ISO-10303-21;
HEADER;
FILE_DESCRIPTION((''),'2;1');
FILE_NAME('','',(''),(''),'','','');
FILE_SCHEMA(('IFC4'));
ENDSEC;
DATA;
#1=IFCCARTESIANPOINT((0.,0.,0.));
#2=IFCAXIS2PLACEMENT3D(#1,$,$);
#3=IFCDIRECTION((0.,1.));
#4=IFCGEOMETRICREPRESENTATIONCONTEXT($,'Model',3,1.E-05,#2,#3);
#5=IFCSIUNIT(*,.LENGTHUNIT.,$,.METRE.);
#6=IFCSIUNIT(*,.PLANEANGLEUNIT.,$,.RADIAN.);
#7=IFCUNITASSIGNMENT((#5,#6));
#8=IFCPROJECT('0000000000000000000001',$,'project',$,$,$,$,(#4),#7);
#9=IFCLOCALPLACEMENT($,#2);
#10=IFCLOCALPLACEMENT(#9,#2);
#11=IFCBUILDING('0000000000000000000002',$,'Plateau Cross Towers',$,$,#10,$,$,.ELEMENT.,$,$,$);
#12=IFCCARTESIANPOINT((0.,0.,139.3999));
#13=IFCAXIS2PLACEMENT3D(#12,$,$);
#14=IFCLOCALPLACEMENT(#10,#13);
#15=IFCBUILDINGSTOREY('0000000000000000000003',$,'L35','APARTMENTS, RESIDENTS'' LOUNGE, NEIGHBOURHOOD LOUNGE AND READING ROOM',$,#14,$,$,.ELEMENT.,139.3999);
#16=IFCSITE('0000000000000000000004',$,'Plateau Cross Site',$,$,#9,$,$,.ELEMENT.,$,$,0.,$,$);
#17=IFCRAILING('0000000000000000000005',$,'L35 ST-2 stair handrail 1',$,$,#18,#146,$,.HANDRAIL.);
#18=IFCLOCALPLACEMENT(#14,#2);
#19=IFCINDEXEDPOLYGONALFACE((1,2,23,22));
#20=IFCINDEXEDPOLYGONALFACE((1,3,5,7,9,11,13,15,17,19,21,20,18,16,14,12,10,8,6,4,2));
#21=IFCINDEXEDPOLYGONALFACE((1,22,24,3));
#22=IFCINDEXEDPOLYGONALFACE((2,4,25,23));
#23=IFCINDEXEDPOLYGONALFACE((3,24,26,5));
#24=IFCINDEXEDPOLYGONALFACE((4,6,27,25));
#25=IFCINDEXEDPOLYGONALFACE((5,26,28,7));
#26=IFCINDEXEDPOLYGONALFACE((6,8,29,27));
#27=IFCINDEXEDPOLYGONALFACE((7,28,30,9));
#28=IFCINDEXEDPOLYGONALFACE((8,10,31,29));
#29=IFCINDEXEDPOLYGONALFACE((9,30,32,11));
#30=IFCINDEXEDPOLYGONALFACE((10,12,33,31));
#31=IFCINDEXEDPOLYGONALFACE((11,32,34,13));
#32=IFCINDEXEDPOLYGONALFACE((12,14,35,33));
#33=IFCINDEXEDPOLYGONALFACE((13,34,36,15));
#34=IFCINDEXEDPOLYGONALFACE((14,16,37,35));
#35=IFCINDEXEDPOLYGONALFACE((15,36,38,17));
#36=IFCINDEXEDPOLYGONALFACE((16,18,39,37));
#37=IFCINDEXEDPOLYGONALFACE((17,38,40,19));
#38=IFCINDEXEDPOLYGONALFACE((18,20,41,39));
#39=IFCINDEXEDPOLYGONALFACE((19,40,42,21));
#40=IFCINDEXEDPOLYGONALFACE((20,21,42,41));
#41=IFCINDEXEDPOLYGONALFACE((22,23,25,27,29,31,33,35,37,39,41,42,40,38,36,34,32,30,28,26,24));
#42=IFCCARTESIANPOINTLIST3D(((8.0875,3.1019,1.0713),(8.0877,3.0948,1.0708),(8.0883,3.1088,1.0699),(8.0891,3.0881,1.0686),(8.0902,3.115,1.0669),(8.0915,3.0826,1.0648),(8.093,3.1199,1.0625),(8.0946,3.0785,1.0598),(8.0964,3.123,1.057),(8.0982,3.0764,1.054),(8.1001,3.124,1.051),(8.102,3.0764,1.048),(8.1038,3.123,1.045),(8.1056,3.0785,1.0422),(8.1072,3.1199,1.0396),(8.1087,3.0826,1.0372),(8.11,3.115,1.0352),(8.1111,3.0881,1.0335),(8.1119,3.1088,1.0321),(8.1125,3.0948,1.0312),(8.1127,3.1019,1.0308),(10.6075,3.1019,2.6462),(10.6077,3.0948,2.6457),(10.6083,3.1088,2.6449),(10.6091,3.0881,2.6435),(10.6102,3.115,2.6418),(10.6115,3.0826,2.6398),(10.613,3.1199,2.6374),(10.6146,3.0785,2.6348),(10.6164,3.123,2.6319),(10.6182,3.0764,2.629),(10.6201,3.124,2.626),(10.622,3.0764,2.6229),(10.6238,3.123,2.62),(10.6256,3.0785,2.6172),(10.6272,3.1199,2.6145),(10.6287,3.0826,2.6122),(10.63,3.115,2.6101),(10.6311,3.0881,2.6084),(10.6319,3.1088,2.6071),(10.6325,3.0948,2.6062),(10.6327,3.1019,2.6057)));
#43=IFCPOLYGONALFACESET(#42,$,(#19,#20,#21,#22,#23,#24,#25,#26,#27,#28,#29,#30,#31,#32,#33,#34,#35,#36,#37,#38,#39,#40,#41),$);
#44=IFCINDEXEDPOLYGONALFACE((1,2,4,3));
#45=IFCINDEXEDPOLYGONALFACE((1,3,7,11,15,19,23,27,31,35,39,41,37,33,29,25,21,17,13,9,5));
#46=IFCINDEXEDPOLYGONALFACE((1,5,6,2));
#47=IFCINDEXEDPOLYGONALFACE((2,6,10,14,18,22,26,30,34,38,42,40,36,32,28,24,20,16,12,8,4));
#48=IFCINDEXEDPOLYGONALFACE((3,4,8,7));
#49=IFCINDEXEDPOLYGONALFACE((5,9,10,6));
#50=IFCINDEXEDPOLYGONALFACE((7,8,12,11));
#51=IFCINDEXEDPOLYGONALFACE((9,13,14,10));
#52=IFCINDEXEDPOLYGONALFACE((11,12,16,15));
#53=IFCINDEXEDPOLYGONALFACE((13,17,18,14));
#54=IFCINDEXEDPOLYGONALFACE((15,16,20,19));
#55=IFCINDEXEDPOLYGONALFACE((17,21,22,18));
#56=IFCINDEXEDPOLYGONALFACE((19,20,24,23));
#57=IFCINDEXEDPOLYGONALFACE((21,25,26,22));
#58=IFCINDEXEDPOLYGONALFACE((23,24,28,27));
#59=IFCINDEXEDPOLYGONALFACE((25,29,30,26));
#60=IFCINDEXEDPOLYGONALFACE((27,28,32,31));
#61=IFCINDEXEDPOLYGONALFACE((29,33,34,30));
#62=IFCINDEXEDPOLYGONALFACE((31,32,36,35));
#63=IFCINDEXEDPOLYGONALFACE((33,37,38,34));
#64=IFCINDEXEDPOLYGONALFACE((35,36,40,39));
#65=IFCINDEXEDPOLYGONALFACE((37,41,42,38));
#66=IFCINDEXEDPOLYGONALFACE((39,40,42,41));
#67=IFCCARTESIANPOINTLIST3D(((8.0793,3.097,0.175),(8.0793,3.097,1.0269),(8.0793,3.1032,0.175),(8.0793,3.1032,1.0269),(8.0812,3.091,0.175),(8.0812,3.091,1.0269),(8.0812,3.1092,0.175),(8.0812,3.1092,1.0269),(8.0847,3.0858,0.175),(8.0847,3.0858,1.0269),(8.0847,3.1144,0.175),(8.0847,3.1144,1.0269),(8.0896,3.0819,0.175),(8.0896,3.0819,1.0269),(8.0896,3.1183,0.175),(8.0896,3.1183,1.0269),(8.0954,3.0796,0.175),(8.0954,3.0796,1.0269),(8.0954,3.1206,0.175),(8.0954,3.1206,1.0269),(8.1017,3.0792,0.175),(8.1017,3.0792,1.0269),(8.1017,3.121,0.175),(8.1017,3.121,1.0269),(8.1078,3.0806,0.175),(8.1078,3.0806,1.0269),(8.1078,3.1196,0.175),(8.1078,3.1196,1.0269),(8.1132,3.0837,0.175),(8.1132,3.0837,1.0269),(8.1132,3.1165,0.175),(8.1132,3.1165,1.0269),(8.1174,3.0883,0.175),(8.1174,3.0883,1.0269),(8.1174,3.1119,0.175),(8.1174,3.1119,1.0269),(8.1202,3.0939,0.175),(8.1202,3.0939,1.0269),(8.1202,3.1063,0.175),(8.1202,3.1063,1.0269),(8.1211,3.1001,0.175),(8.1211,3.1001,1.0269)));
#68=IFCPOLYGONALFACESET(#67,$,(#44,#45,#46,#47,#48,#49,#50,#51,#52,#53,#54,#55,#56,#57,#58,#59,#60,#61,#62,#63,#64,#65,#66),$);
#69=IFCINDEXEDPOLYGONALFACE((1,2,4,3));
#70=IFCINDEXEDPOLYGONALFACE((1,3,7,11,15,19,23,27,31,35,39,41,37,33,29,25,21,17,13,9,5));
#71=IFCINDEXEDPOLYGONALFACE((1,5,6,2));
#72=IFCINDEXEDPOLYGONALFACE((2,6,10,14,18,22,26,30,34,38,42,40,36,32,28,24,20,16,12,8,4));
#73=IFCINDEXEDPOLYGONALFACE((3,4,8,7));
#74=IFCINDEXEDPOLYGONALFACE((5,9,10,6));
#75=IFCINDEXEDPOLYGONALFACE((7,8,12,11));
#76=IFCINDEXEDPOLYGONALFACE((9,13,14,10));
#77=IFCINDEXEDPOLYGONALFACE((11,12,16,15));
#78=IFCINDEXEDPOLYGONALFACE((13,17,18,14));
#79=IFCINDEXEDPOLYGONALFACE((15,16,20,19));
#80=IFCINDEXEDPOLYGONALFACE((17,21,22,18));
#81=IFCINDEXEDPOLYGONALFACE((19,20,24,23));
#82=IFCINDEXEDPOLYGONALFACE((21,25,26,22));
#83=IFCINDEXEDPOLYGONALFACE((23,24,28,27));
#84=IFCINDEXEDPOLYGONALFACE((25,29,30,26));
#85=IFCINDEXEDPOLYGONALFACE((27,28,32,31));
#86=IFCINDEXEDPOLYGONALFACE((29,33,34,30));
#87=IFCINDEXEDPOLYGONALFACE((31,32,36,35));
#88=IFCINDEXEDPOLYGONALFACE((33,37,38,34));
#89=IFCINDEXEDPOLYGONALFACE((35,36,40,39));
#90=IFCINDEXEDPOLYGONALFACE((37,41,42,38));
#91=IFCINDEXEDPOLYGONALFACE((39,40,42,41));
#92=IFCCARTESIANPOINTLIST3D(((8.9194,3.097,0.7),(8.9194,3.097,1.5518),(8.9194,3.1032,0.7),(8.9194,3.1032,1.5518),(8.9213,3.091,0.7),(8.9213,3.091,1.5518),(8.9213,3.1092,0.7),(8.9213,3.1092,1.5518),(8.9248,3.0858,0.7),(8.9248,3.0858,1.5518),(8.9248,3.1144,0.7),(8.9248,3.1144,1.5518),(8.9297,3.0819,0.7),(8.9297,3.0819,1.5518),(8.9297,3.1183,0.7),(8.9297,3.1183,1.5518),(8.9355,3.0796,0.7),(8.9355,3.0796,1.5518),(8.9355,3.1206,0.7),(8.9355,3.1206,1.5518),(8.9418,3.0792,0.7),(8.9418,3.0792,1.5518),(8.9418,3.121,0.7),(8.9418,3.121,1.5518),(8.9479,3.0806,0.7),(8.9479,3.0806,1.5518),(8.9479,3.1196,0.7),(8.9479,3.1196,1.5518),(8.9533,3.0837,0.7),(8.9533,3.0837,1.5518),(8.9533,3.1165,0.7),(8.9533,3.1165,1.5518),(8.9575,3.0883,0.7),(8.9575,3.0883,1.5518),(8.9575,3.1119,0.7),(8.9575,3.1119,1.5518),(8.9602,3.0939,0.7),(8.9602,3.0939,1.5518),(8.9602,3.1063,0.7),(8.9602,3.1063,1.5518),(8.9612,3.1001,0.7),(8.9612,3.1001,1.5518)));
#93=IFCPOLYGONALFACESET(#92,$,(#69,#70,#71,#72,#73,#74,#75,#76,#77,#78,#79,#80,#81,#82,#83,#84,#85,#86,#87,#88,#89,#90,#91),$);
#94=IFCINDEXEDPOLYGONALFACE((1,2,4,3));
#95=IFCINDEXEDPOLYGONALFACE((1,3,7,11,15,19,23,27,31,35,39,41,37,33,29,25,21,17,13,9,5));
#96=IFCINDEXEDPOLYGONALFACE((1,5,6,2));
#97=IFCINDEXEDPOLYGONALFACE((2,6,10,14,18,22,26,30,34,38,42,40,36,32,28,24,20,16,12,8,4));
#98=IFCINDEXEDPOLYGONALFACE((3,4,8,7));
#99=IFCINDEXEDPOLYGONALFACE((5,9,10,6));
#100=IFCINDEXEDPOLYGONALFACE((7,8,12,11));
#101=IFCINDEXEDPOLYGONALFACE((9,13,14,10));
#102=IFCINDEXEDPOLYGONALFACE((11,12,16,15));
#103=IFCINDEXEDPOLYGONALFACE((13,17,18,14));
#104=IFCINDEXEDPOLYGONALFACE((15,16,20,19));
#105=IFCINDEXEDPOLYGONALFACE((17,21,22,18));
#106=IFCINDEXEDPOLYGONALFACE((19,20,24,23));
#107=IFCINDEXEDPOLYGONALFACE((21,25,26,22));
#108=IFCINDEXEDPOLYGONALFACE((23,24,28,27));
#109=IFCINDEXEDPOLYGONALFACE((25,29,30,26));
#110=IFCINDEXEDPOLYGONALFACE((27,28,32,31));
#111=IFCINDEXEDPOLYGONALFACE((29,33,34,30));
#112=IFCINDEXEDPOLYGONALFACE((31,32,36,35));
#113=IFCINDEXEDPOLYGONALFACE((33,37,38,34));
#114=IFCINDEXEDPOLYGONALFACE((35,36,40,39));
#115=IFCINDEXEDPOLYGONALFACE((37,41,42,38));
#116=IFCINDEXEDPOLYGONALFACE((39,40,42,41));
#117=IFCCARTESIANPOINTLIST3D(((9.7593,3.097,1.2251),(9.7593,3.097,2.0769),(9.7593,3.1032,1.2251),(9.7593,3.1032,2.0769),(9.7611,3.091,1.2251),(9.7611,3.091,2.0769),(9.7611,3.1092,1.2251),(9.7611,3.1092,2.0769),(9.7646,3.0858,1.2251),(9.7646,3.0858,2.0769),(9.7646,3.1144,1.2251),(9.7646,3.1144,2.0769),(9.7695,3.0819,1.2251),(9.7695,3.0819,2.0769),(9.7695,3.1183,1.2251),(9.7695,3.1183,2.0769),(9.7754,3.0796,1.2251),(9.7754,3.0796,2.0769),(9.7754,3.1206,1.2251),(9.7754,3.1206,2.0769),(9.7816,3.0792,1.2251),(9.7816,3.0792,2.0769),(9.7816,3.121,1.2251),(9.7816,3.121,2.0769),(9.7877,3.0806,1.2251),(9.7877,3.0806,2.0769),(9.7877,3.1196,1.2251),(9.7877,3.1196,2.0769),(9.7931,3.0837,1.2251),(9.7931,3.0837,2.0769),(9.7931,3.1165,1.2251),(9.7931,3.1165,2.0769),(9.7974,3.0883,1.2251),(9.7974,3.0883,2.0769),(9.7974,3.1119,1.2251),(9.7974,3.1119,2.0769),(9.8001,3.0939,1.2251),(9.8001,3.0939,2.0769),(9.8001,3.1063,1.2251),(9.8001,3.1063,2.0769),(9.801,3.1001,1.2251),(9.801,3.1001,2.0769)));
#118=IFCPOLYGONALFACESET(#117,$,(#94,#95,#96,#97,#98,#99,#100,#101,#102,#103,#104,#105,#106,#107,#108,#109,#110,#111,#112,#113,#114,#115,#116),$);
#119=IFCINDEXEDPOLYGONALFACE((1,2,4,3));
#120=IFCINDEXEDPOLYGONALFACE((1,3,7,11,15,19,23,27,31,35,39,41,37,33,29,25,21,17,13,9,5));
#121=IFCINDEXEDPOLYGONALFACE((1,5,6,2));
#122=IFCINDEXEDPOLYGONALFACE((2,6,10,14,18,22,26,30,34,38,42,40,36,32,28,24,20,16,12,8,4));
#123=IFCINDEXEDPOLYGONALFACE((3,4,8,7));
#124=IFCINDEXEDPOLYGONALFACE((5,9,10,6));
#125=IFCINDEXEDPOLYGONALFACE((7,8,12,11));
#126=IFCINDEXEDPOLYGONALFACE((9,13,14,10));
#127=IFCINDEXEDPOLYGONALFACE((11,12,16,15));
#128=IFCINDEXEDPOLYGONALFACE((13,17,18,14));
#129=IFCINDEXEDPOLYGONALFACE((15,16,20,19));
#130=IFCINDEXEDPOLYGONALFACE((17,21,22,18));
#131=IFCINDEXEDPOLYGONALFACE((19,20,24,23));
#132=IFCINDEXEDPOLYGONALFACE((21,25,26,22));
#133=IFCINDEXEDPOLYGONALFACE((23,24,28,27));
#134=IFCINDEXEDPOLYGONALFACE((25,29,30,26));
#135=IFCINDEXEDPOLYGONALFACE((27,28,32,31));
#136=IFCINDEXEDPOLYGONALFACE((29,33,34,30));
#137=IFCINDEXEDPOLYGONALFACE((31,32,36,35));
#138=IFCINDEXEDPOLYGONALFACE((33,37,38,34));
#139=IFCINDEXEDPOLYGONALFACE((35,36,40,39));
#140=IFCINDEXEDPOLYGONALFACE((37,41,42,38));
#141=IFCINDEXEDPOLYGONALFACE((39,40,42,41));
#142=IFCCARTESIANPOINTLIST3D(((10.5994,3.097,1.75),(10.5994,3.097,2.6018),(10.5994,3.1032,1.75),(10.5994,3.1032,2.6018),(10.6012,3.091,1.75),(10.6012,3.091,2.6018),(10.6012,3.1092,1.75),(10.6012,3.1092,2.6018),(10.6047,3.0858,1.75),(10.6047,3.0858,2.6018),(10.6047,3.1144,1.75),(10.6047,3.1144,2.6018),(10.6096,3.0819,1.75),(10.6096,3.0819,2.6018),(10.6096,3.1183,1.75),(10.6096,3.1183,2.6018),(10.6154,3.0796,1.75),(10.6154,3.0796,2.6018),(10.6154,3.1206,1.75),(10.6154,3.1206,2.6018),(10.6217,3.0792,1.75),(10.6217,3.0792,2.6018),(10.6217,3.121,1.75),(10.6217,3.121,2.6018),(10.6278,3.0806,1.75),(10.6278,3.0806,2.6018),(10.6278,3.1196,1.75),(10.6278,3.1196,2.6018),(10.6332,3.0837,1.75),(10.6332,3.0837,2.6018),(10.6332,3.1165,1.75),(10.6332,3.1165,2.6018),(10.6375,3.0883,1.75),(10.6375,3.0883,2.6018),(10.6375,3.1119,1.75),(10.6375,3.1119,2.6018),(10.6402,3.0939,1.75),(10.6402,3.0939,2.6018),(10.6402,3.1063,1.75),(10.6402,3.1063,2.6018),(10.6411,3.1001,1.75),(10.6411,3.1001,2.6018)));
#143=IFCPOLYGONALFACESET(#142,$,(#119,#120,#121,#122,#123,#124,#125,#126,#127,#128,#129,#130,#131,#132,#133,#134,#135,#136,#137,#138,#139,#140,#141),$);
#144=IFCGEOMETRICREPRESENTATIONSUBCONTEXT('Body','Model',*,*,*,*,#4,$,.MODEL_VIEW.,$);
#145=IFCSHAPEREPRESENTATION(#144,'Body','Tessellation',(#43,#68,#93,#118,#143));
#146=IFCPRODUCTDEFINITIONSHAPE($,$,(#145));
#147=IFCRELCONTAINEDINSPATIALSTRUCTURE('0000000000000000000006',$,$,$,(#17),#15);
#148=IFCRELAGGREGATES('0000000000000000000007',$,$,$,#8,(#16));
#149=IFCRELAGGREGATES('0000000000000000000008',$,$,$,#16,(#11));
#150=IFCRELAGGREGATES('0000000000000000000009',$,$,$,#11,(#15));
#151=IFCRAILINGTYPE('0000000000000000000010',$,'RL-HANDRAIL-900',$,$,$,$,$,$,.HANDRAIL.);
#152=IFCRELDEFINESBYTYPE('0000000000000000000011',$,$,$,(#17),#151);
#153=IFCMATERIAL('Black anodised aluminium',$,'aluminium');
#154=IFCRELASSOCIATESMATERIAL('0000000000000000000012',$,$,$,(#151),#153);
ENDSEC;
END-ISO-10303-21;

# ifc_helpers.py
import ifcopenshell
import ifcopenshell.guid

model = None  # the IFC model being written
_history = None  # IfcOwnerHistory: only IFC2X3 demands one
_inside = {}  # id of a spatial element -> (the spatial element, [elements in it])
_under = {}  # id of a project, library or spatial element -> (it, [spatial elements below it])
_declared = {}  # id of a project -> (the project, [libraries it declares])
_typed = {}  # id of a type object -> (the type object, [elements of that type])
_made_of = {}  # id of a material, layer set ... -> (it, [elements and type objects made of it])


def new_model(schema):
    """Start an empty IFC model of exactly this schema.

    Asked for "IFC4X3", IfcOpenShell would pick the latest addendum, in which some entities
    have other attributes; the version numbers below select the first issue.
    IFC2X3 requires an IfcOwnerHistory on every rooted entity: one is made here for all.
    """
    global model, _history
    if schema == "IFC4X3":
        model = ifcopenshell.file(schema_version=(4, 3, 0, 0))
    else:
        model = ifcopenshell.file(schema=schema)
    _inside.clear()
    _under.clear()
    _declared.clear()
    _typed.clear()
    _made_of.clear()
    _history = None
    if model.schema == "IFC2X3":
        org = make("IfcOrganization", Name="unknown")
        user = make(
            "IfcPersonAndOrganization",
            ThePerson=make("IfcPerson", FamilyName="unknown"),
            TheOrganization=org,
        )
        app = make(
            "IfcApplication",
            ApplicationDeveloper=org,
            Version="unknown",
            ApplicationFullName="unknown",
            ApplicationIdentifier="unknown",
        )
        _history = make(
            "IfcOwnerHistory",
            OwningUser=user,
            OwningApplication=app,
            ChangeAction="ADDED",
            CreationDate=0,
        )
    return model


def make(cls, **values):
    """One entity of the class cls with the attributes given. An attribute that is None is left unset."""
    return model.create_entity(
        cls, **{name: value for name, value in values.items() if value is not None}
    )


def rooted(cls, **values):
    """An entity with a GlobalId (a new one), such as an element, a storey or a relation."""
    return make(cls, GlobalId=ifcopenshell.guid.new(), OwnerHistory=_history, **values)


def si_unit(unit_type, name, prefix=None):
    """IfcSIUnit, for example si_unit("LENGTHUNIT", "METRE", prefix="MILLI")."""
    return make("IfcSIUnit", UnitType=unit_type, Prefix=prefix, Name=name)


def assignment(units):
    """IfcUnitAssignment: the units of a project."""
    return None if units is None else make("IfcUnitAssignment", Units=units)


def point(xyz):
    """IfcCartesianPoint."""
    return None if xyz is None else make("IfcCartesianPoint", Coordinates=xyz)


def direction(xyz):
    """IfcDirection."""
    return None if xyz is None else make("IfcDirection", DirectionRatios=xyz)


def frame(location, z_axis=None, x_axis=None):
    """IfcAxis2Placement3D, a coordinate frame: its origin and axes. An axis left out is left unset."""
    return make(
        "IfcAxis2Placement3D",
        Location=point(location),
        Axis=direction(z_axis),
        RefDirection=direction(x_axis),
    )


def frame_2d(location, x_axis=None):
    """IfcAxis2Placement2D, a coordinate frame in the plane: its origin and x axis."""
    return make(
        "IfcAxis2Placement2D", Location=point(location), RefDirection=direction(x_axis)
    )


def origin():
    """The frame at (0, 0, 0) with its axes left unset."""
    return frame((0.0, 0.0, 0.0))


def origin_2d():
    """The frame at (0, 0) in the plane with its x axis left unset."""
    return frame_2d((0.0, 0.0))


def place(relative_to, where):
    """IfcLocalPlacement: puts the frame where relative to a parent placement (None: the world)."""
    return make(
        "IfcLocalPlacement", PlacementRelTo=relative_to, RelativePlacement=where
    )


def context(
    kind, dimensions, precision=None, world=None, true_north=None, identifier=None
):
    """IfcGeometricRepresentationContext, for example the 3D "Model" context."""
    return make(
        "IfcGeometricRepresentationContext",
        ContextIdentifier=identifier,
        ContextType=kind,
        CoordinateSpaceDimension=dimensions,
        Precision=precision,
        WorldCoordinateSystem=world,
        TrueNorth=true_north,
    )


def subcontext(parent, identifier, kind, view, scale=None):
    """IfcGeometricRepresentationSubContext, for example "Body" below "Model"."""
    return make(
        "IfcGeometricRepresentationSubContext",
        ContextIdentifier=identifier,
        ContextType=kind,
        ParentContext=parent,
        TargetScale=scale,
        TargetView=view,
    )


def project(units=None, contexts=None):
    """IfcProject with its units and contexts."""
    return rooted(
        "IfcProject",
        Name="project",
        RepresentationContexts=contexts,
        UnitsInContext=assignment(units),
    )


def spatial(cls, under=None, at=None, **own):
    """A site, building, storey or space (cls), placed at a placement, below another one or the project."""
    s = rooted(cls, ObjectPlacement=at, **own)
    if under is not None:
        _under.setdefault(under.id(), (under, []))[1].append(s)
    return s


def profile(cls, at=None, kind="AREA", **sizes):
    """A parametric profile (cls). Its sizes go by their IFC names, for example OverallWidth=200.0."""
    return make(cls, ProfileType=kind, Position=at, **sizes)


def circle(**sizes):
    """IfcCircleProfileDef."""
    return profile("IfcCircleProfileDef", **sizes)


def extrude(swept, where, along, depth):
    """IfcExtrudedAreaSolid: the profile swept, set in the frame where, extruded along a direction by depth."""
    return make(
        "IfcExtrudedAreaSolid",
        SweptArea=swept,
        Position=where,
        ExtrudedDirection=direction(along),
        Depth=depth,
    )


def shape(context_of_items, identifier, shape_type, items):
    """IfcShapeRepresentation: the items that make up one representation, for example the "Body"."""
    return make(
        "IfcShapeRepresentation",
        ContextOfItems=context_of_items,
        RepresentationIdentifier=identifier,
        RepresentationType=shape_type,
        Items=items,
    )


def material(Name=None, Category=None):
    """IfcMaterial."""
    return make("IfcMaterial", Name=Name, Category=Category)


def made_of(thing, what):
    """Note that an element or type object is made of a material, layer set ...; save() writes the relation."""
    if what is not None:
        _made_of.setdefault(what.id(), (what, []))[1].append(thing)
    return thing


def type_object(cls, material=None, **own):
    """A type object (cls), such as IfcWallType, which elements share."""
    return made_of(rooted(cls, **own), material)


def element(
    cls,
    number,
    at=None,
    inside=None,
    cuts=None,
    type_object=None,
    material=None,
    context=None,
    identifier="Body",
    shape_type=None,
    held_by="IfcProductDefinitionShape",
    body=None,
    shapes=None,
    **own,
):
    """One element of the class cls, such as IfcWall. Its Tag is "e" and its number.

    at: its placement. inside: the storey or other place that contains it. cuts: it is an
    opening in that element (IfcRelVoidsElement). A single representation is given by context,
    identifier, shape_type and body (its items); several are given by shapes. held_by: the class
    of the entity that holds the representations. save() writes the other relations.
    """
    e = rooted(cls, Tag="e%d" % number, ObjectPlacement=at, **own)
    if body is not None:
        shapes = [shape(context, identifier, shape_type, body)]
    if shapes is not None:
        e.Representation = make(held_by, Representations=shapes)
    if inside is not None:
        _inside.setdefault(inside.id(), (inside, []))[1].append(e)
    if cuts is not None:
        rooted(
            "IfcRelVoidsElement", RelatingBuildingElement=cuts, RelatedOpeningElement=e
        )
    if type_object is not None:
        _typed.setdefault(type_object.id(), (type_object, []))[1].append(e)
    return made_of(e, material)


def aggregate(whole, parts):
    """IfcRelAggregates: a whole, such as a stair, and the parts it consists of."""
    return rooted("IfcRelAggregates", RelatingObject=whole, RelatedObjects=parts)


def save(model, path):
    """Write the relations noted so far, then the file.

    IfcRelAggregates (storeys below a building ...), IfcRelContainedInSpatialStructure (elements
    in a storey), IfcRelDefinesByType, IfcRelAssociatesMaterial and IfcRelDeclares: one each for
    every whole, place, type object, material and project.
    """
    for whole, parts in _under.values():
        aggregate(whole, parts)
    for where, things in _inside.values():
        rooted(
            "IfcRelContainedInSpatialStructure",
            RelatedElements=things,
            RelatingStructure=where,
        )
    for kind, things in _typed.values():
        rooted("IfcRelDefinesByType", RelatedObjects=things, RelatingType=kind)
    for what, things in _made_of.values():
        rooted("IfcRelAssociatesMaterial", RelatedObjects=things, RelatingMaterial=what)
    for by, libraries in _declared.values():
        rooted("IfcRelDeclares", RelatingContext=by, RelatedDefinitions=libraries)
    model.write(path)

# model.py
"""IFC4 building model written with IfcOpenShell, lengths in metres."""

from ifc_helpers import new_model, si_unit, direction, frame, origin, origin_2d, place, context, subcontext, project, spatial, circle, extrude, material, type_object, element, save


model = new_model("IFC4")

# Units and contexts
model_context = context("Model", 3, precision=1e-05, world=origin(), true_north=direction((0.0, 1.0)))
body_context = subcontext(model_context, "Body", "Model", "MODEL_VIEW")
ifc_project = project(units=[si_unit("LENGTHUNIT", "METRE"), si_unit("PLANEANGLEUNIT", "RADIAN")], contexts=[model_context])

# Site, building, storey
site_placement = place(None, origin())
site = spatial("IfcSite", under=ifc_project, at=site_placement, Name="Plateau Cross Site", CompositionType="ELEMENT", RefElevation=0.0)
building_placement = place(site_placement, origin())
building = spatial("IfcBuilding", under=site, at=building_placement, Name="Plateau Cross Towers", CompositionType="ELEMENT")
storey_placement = place(building_placement, frame((0.0, 0.0, 139.3999)))
storey = spatial("IfcBuildingStorey", under=building, at=storey_placement, Name="L35", Description="APARTMENTS, RESIDENTS' LOUNGE, NEIGHBOURHOOD LOUNGE AND READING ROOM", CompositionType="ELEMENT", Elevation=139.3999)

# Shared definitions
ifc_material_1 = material(Name="Black anodised aluminium", Category="aluminium")

# Railing
railing_type_1 = type_object("IfcRailingType", Name="RL-HANDRAIL-900", PredefinedType="HANDRAIL", material=ifc_material_1)
railing_1_placement = place(storey_placement, frame((8.1001, 3.1001, 0.175)))
element("IfcRailing", 1, at=railing_1_placement, inside=storey, type_object=railing_type_1, Name="L35 ST-2 stair handrail 1", PredefinedType="HANDRAIL", context=body_context, shape_type="SweptSolid", body=[
    extrude(circle(Radius=0.0239, at=origin_2d()), frame((0.0, 0.0, 0.876), z_axis=(0.848008, 0.0, 0.529984), x_axis=(0.0, 1.0, 0.0)), (0.0, 0.0, 1.0), 2.9717),
    extrude(circle(Radius=0.021, at=origin_2d()), origin(), (0.0, 0.0, 1.0), 0.8518),
    extrude(circle(Radius=0.021, at=origin_2d()), frame((0.8401, 0.0, 0.5249)), (0.0, 0.0, 1.0), 0.8518),
    extrude(circle(Radius=0.021, at=origin_2d()), frame((1.6799, 0.0, 1.05)), (0.0, 0.0, 1.0), 0.8518),
    extrude(circle(Radius=0.021, at=origin_2d()), frame((2.52, 0.0, 1.575)), (0.0, 0.0, 1.0), 0.8518),
])

save(model, "model.ifc")
